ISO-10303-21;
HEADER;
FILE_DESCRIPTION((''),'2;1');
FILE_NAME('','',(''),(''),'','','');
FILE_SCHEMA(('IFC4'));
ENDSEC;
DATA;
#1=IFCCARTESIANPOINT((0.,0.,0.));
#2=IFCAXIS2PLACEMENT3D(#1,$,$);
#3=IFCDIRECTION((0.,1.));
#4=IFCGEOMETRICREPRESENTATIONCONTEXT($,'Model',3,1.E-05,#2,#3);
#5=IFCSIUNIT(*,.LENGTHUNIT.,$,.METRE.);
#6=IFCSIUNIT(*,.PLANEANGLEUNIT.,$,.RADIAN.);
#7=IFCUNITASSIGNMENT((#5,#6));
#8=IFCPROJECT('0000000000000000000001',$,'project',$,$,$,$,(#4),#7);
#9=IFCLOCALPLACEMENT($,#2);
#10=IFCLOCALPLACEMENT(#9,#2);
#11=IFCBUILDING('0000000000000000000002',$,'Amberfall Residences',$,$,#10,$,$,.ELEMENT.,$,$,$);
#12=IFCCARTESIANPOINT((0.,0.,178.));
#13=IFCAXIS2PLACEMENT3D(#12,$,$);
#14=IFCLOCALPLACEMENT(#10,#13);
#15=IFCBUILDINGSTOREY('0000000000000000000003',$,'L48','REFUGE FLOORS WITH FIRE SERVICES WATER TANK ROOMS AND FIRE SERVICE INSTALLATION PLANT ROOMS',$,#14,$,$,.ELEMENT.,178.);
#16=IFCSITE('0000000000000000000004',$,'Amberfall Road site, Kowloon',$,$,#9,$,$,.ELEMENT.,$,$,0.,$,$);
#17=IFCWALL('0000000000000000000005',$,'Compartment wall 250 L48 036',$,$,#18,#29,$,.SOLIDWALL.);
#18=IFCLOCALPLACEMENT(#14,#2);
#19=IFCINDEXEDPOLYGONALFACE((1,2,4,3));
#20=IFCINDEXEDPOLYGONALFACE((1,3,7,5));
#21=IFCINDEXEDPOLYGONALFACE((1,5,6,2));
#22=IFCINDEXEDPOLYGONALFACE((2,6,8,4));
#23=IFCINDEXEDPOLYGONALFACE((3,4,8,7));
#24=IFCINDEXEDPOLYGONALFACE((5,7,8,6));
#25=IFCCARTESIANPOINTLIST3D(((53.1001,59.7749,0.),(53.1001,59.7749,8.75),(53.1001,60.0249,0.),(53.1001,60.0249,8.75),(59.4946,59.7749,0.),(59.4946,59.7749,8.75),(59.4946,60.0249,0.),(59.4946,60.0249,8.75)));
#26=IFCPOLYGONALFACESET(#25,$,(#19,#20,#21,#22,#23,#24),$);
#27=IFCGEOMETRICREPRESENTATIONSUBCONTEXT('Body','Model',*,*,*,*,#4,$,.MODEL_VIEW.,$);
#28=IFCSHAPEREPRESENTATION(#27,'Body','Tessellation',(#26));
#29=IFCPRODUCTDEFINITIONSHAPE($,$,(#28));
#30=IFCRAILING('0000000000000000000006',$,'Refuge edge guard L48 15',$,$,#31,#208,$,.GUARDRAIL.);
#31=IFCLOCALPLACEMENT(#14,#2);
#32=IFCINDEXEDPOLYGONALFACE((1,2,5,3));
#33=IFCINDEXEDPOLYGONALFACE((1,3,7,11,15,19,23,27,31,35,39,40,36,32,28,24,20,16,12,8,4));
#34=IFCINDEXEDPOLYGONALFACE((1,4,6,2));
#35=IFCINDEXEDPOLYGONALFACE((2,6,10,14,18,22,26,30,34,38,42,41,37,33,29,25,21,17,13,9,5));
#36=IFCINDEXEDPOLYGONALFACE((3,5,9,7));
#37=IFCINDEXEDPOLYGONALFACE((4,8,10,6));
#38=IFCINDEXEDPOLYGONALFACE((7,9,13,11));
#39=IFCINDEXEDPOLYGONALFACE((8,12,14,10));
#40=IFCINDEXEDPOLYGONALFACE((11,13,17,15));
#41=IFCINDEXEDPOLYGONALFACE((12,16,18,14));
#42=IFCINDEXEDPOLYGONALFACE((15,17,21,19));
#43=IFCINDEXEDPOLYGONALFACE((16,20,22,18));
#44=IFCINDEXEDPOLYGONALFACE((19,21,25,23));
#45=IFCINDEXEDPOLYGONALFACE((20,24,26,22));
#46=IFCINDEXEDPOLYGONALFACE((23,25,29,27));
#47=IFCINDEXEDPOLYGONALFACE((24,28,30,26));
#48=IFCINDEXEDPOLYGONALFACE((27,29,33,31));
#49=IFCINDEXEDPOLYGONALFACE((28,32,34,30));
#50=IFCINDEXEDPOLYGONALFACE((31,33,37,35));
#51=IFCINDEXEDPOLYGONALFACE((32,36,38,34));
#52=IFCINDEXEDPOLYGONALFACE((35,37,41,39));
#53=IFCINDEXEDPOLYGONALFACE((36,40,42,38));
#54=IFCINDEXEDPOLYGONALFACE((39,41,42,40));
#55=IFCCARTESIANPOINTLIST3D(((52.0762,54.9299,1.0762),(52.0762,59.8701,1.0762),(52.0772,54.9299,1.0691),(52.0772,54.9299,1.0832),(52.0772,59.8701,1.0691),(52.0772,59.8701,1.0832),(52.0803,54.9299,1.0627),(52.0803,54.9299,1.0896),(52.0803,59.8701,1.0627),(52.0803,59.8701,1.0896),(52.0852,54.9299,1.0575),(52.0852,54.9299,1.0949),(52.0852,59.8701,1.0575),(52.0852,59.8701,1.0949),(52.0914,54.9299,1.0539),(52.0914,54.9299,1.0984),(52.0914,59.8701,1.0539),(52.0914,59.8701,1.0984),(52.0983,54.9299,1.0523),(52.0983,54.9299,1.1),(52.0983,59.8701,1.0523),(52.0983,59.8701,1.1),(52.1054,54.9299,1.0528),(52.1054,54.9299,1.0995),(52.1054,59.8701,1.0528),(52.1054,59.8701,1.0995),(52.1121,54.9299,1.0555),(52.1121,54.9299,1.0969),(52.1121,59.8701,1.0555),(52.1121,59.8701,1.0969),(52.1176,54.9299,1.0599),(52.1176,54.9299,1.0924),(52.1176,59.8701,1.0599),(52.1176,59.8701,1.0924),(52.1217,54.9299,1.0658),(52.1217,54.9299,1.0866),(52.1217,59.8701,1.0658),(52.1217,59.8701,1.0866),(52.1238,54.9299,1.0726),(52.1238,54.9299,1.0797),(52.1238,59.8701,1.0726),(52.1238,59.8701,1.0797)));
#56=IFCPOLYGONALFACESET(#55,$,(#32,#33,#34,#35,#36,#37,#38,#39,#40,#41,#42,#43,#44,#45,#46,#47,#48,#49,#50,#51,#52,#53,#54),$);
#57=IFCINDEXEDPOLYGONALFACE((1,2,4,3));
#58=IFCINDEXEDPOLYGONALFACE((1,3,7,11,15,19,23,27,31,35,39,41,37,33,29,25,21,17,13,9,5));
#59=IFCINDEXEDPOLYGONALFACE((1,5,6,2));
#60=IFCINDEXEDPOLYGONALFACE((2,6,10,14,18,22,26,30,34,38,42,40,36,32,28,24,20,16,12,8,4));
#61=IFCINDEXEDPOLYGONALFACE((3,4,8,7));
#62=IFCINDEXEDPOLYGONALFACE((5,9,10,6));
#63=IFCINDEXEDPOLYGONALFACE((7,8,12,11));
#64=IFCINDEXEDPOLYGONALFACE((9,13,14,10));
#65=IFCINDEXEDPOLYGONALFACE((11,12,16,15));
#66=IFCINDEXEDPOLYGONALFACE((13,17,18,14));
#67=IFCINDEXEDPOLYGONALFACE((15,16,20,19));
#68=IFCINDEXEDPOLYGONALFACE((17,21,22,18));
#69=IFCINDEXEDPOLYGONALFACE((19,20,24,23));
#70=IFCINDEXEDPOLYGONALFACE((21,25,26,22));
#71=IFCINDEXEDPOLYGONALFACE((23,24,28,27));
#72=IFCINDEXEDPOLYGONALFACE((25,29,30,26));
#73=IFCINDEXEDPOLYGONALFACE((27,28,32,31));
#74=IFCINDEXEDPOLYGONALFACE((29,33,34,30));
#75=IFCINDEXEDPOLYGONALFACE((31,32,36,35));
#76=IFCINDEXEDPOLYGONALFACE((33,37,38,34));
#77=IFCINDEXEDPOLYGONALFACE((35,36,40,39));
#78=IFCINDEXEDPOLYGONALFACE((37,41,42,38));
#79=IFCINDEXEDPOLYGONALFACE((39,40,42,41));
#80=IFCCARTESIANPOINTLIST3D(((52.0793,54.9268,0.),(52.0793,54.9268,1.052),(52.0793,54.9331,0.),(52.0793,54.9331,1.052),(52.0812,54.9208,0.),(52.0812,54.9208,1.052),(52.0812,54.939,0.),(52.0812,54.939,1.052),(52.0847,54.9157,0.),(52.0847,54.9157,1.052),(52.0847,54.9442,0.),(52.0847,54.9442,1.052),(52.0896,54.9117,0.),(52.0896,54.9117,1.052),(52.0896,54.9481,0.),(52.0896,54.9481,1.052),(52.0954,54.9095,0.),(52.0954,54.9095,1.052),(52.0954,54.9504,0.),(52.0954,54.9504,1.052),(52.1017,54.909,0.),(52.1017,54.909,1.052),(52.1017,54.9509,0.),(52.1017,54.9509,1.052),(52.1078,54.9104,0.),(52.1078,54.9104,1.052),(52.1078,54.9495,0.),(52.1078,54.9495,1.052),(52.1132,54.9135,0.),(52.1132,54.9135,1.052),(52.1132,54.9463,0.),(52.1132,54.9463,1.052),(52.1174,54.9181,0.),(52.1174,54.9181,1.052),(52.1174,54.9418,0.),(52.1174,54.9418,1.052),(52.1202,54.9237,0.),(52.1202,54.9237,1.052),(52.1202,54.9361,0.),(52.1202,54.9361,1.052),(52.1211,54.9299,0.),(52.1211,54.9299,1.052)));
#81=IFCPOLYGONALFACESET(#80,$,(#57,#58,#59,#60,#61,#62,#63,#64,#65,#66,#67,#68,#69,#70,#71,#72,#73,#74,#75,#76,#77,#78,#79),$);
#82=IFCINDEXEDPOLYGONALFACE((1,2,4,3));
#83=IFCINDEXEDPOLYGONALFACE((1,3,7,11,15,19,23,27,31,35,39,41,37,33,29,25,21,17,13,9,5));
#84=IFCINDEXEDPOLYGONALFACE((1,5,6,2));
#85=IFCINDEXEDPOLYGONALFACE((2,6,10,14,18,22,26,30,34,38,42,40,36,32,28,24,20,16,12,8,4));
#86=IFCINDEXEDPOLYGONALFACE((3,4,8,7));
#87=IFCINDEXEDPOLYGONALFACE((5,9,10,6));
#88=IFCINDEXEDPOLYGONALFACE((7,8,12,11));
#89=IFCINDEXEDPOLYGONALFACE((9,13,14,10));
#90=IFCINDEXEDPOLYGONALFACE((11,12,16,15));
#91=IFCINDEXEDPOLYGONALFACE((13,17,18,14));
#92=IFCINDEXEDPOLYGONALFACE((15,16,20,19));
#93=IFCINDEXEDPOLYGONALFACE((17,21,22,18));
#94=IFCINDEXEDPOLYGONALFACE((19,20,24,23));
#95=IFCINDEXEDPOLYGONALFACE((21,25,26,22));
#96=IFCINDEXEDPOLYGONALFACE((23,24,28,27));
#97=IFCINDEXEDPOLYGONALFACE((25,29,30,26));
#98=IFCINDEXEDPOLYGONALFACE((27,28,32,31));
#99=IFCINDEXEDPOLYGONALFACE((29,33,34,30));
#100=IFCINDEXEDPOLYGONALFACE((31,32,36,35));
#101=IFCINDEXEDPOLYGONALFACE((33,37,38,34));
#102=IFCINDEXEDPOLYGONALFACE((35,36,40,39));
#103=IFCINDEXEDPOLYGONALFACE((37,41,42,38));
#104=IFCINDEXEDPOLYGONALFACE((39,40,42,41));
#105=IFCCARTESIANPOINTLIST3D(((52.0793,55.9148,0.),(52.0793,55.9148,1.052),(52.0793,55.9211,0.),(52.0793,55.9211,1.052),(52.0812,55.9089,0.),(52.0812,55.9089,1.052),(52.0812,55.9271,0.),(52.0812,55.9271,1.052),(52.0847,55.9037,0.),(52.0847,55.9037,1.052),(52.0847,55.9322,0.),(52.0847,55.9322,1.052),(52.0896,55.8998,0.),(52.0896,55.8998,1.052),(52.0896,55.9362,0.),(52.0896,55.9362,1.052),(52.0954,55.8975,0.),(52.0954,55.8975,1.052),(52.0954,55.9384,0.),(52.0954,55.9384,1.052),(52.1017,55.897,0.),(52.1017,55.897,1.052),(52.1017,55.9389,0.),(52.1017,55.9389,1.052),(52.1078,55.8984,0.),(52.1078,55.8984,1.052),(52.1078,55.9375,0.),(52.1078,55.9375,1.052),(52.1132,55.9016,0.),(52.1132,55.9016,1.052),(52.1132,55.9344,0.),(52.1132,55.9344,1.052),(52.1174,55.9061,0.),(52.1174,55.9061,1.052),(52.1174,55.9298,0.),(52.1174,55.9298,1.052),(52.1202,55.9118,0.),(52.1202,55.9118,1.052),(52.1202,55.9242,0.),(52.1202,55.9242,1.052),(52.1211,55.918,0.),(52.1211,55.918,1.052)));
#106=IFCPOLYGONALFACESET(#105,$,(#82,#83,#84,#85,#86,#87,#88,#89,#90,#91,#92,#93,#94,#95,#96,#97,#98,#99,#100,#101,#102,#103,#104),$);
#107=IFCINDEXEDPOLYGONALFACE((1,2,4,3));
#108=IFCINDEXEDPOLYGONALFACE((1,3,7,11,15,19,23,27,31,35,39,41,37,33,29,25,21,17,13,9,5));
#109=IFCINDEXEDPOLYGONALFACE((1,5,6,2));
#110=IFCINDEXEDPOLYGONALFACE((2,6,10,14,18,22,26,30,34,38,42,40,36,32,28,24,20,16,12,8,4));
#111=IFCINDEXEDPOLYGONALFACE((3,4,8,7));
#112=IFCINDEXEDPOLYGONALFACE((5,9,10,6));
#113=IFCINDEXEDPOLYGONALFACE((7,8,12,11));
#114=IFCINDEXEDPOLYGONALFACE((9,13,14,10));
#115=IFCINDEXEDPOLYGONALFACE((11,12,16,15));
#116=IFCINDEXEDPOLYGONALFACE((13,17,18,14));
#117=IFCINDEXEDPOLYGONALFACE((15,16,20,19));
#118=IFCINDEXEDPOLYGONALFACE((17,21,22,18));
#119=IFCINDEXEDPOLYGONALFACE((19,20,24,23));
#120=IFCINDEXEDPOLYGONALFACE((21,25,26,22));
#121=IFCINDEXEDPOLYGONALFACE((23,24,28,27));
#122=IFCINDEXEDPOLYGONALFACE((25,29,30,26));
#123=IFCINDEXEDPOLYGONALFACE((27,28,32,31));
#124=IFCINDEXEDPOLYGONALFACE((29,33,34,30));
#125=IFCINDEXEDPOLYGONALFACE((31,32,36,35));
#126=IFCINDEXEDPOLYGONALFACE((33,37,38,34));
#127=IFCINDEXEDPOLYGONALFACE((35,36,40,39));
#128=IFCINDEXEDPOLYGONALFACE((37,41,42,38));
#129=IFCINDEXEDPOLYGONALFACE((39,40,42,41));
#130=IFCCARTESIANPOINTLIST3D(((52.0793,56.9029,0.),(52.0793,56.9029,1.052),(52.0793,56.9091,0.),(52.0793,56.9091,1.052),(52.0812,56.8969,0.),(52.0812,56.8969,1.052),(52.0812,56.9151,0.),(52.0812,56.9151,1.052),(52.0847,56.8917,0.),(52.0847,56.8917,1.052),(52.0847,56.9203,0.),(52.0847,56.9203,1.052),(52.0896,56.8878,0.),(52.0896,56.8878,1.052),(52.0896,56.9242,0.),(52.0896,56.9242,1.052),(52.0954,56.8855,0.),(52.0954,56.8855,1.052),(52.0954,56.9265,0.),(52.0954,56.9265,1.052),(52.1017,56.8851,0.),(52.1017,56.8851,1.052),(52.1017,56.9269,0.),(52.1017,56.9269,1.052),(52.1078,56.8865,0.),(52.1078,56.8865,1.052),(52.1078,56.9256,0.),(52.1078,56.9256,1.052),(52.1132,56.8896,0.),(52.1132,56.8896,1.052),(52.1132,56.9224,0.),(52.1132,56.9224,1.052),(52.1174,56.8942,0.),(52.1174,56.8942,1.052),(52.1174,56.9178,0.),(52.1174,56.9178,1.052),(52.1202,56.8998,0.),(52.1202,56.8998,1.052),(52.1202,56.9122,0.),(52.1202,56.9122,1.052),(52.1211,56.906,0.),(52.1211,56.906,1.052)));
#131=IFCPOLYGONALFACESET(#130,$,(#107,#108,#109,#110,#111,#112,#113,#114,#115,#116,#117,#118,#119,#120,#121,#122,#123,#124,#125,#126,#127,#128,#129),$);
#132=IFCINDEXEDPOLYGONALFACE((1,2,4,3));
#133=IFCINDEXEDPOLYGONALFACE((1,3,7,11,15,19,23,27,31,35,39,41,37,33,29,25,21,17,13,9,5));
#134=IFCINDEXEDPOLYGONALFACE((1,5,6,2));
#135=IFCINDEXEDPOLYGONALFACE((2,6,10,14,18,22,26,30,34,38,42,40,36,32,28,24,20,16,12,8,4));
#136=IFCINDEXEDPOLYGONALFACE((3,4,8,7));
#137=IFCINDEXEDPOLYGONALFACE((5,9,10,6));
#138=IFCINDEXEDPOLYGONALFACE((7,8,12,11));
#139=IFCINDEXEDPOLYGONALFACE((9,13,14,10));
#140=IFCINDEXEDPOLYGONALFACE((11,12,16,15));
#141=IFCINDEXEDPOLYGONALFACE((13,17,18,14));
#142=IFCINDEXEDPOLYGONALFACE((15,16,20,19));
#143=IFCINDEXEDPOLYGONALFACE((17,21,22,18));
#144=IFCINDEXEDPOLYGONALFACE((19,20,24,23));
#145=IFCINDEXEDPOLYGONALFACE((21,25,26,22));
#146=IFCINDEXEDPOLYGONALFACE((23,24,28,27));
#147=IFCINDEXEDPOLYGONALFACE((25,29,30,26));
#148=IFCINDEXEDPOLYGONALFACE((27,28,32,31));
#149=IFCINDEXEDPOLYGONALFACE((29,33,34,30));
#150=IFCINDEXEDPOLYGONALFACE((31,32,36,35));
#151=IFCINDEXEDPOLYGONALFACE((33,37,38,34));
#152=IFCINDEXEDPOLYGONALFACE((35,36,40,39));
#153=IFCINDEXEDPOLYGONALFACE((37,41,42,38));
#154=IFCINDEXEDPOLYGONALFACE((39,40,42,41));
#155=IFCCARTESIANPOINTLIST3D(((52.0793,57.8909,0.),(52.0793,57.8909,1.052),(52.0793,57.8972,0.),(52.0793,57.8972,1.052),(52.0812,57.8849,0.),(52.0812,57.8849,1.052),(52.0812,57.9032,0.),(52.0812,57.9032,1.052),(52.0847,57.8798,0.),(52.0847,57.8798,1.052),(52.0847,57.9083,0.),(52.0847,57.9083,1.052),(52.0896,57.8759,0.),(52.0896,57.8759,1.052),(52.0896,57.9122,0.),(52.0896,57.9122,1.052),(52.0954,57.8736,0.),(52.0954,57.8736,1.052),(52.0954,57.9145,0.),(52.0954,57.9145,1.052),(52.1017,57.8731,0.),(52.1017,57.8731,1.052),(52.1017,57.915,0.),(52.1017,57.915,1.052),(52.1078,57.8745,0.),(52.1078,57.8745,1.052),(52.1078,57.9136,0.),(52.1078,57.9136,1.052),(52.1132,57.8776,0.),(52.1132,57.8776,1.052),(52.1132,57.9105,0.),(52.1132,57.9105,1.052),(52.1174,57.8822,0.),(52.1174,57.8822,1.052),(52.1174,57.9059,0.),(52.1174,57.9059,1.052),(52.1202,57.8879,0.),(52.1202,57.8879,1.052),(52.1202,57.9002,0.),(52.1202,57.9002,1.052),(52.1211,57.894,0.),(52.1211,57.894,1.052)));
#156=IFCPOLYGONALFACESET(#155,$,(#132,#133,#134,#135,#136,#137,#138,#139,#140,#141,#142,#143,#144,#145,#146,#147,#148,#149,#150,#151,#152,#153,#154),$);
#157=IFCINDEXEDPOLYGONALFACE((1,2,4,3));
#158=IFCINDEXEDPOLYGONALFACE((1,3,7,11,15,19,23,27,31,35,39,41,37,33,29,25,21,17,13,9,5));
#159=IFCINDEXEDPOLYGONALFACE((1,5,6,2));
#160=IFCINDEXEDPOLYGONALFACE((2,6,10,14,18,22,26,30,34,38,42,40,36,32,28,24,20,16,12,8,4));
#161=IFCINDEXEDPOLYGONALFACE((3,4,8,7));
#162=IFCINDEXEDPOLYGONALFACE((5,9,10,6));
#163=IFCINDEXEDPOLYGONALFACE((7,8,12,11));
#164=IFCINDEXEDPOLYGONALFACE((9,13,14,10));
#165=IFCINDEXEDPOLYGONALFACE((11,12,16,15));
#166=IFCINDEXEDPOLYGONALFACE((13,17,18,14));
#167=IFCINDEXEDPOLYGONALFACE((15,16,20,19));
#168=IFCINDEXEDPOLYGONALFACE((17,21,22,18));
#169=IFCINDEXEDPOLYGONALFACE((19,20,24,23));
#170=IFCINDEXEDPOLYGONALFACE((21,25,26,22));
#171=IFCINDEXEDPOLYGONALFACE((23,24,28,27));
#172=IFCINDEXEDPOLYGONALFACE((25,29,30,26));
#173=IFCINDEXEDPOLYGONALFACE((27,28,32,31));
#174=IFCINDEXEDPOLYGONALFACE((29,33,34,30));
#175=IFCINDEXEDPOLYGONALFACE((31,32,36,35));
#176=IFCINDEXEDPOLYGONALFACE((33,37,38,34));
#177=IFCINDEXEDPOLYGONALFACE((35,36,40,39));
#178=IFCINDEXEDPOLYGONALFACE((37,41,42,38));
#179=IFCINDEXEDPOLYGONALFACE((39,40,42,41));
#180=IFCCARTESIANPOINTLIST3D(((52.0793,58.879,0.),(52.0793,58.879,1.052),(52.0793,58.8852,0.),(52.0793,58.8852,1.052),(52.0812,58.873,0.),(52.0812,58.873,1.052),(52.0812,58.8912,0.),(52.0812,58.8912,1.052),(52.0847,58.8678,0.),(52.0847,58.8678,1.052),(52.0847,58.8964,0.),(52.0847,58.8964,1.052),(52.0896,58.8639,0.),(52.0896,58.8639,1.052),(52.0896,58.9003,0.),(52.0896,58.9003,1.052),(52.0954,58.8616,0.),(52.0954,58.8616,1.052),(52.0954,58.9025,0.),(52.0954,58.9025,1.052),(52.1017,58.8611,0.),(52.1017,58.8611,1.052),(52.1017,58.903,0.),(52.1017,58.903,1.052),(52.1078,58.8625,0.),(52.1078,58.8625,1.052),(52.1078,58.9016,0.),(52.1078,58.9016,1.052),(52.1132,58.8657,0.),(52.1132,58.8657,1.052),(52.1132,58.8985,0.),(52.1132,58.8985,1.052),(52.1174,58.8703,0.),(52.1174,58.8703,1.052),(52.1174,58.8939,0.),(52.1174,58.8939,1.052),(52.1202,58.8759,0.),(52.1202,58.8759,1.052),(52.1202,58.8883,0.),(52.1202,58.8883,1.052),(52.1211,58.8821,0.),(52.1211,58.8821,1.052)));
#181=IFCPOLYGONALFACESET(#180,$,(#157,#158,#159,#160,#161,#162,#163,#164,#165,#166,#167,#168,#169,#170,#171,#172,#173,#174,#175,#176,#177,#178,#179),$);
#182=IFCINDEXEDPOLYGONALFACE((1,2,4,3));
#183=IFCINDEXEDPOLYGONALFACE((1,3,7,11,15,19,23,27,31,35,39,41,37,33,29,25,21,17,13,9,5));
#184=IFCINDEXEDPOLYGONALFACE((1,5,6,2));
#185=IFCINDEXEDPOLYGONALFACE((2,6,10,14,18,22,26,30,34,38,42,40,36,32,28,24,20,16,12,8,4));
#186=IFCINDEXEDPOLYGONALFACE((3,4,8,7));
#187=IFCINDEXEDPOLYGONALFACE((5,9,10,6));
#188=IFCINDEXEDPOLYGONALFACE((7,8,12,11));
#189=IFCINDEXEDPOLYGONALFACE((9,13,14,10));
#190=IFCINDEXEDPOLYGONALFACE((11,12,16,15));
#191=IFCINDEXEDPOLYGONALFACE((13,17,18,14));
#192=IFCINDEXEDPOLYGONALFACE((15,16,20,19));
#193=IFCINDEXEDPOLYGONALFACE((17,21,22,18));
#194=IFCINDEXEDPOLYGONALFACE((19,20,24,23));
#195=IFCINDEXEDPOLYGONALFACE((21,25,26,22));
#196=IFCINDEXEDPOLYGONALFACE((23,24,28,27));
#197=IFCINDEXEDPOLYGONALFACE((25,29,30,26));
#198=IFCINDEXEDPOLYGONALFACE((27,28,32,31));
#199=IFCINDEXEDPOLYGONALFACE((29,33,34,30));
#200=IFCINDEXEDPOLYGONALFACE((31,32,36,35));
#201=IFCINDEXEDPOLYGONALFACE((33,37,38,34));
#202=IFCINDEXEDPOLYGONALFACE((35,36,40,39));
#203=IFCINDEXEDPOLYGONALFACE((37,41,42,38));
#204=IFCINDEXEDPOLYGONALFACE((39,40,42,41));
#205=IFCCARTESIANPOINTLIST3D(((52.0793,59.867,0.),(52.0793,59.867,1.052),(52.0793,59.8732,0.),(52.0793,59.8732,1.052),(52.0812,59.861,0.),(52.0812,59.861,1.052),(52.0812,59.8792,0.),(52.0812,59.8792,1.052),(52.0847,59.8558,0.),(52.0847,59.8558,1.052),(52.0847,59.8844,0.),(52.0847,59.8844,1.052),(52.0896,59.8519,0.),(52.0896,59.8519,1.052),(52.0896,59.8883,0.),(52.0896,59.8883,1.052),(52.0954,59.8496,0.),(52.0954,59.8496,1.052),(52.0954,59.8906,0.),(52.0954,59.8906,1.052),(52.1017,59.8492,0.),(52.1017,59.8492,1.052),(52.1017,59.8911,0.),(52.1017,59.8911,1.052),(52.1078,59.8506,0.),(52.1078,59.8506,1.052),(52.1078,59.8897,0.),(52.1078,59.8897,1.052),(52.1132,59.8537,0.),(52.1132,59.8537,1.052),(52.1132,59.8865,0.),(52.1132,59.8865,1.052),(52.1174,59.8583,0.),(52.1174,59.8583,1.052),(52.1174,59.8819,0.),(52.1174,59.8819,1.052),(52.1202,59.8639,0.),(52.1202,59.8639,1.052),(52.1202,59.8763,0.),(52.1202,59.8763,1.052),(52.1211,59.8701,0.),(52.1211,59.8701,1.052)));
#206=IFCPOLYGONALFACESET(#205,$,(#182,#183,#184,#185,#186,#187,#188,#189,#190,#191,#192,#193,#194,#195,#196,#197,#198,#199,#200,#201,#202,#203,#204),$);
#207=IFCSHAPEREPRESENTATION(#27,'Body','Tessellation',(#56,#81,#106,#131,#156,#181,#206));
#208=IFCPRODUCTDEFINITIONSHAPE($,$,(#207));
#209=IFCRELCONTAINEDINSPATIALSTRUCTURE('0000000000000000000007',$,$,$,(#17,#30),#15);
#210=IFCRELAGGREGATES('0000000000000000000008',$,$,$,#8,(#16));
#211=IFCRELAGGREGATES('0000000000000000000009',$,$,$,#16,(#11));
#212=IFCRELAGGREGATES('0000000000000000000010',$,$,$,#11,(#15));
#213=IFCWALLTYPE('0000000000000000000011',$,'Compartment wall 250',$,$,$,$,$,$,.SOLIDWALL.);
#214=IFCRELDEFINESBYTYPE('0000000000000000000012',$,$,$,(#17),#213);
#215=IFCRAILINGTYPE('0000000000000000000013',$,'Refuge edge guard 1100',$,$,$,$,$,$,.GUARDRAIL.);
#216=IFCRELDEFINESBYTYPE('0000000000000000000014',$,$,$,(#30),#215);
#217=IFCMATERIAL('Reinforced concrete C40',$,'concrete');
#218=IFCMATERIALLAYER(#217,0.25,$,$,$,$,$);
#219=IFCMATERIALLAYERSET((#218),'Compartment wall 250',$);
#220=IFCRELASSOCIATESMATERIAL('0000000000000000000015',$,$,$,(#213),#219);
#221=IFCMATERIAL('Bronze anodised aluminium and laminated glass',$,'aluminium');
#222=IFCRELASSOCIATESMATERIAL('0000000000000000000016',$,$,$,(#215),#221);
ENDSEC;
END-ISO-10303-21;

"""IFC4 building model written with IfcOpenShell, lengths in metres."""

from ifc_helpers import new_model, si_unit, direction, frame, frame_2d, origin, origin_2d, place, context, subcontext, project, spatial, rectangle, circle, extrude, material, layer, layer_set, type_object, element, save


model = new_model("IFC4")

# Units and contexts
model_context = context("Model", 3, precision=1e-05, world=origin(), true_north=direction((0.0, 1.0)))
body_context = subcontext(model_context, "Body", "Model", "MODEL_VIEW")
ifc_project = project(units=[si_unit("LENGTHUNIT", "METRE"), si_unit("PLANEANGLEUNIT", "RADIAN")], contexts=[model_context])

# Site, building, storey
site_placement = place(None, origin())
site = spatial("IfcSite", under=ifc_project, at=site_placement, Name="Amberfall Road site, Kowloon", CompositionType="ELEMENT", RefElevation=0.0)
building_placement = place(site_placement, origin())
building = spatial("IfcBuilding", under=site, at=building_placement, Name="Amberfall Residences", CompositionType="ELEMENT")
storey_placement = place(building_placement, frame((0.0, 0.0, 178.0)))
storey = spatial("IfcBuildingStorey", under=building, at=storey_placement, Name="L48", Description="REFUGE FLOORS WITH FIRE SERVICES WATER TANK ROOMS AND FIRE SERVICE INSTALLATION PLANT ROOMS", CompositionType="ELEMENT", Elevation=178.0)

# Wall
ifc_material_1 = material(Name="Reinforced concrete C40", Category="concrete")
ifc_layer = layer(ifc_material_1, 0.25)
ifc_layer_set = layer_set([ifc_layer], Name="Compartment wall 250")
wall_type = type_object("IfcWallType", Name="Compartment wall 250", PredefinedType="SOLIDWALL", material=ifc_layer_set)
wall_placement = place(storey_placement, frame((53.1001, 59.8999, 0.0), z_axis=(0.0, 0.0, 1.0), x_axis=(1.0, 0.0, 0.0)))
element("IfcWall", 1, at=wall_placement, inside=storey, type_object=wall_type, Name="Compartment wall 250 L48 036", PredefinedType="SOLIDWALL", context=body_context, shape_type="SweptSolid", body=[
    extrude(rectangle(XDim=6.3945, YDim=0.25, at=frame_2d((3.1973, 0.0))), origin(), (0.0, 0.0, 1.0), 8.75),
])

# Railing
ifc_material_2 = material(Name="Bronze anodised aluminium and laminated glass", Category="aluminium")
railing_type = type_object("IfcRailingType", Name="Refuge edge guard 1100", PredefinedType="GUARDRAIL", material=ifc_material_2)
railing_1_placement = place(storey_placement, frame((52.1001, 54.9299, 0.0)))
element("IfcRailing", 2, at=railing_1_placement, inside=storey, type_object=railing_type, Name="Refuge edge guard L48 15", PredefinedType="GUARDRAIL", context=body_context, shape_type="SweptSolid", body=[
    extrude(circle(Radius=0.0239, at=origin_2d()), frame((0.0, 0.0, 1.0762), z_axis=(0.0, 1.0, 0.0), x_axis=(-1.0, 0.0, 0.0)), (0.0, 0.0, 1.0), 4.9402),
    extrude(circle(Radius=0.021, at=origin_2d()), origin(), (0.0, 0.0, 1.0), 1.052),
    extrude(circle(Radius=0.021, at=origin_2d()), frame((0.0, 0.988, 0.0)), (0.0, 0.0, 1.0), 1.052),
    extrude(circle(Radius=0.021, at=origin_2d()), frame((0.0, 1.9761, 0.0)), (0.0, 0.0, 1.0), 1.052),
    extrude(circle(Radius=0.021, at=origin_2d()), frame((0.0, 2.9641, 0.0)), (0.0, 0.0, 1.0), 1.052),
    extrude(circle(Radius=0.021, at=origin_2d()), frame((0.0, 3.9521, 0.0)), (0.0, 0.0, 1.0), 1.052),
    extrude(circle(Radius=0.021, at=origin_2d()), frame((0.0, 4.9402, 0.0)), (0.0, 0.0, 1.0), 1.052),
])

save(model, "model.ifc")
